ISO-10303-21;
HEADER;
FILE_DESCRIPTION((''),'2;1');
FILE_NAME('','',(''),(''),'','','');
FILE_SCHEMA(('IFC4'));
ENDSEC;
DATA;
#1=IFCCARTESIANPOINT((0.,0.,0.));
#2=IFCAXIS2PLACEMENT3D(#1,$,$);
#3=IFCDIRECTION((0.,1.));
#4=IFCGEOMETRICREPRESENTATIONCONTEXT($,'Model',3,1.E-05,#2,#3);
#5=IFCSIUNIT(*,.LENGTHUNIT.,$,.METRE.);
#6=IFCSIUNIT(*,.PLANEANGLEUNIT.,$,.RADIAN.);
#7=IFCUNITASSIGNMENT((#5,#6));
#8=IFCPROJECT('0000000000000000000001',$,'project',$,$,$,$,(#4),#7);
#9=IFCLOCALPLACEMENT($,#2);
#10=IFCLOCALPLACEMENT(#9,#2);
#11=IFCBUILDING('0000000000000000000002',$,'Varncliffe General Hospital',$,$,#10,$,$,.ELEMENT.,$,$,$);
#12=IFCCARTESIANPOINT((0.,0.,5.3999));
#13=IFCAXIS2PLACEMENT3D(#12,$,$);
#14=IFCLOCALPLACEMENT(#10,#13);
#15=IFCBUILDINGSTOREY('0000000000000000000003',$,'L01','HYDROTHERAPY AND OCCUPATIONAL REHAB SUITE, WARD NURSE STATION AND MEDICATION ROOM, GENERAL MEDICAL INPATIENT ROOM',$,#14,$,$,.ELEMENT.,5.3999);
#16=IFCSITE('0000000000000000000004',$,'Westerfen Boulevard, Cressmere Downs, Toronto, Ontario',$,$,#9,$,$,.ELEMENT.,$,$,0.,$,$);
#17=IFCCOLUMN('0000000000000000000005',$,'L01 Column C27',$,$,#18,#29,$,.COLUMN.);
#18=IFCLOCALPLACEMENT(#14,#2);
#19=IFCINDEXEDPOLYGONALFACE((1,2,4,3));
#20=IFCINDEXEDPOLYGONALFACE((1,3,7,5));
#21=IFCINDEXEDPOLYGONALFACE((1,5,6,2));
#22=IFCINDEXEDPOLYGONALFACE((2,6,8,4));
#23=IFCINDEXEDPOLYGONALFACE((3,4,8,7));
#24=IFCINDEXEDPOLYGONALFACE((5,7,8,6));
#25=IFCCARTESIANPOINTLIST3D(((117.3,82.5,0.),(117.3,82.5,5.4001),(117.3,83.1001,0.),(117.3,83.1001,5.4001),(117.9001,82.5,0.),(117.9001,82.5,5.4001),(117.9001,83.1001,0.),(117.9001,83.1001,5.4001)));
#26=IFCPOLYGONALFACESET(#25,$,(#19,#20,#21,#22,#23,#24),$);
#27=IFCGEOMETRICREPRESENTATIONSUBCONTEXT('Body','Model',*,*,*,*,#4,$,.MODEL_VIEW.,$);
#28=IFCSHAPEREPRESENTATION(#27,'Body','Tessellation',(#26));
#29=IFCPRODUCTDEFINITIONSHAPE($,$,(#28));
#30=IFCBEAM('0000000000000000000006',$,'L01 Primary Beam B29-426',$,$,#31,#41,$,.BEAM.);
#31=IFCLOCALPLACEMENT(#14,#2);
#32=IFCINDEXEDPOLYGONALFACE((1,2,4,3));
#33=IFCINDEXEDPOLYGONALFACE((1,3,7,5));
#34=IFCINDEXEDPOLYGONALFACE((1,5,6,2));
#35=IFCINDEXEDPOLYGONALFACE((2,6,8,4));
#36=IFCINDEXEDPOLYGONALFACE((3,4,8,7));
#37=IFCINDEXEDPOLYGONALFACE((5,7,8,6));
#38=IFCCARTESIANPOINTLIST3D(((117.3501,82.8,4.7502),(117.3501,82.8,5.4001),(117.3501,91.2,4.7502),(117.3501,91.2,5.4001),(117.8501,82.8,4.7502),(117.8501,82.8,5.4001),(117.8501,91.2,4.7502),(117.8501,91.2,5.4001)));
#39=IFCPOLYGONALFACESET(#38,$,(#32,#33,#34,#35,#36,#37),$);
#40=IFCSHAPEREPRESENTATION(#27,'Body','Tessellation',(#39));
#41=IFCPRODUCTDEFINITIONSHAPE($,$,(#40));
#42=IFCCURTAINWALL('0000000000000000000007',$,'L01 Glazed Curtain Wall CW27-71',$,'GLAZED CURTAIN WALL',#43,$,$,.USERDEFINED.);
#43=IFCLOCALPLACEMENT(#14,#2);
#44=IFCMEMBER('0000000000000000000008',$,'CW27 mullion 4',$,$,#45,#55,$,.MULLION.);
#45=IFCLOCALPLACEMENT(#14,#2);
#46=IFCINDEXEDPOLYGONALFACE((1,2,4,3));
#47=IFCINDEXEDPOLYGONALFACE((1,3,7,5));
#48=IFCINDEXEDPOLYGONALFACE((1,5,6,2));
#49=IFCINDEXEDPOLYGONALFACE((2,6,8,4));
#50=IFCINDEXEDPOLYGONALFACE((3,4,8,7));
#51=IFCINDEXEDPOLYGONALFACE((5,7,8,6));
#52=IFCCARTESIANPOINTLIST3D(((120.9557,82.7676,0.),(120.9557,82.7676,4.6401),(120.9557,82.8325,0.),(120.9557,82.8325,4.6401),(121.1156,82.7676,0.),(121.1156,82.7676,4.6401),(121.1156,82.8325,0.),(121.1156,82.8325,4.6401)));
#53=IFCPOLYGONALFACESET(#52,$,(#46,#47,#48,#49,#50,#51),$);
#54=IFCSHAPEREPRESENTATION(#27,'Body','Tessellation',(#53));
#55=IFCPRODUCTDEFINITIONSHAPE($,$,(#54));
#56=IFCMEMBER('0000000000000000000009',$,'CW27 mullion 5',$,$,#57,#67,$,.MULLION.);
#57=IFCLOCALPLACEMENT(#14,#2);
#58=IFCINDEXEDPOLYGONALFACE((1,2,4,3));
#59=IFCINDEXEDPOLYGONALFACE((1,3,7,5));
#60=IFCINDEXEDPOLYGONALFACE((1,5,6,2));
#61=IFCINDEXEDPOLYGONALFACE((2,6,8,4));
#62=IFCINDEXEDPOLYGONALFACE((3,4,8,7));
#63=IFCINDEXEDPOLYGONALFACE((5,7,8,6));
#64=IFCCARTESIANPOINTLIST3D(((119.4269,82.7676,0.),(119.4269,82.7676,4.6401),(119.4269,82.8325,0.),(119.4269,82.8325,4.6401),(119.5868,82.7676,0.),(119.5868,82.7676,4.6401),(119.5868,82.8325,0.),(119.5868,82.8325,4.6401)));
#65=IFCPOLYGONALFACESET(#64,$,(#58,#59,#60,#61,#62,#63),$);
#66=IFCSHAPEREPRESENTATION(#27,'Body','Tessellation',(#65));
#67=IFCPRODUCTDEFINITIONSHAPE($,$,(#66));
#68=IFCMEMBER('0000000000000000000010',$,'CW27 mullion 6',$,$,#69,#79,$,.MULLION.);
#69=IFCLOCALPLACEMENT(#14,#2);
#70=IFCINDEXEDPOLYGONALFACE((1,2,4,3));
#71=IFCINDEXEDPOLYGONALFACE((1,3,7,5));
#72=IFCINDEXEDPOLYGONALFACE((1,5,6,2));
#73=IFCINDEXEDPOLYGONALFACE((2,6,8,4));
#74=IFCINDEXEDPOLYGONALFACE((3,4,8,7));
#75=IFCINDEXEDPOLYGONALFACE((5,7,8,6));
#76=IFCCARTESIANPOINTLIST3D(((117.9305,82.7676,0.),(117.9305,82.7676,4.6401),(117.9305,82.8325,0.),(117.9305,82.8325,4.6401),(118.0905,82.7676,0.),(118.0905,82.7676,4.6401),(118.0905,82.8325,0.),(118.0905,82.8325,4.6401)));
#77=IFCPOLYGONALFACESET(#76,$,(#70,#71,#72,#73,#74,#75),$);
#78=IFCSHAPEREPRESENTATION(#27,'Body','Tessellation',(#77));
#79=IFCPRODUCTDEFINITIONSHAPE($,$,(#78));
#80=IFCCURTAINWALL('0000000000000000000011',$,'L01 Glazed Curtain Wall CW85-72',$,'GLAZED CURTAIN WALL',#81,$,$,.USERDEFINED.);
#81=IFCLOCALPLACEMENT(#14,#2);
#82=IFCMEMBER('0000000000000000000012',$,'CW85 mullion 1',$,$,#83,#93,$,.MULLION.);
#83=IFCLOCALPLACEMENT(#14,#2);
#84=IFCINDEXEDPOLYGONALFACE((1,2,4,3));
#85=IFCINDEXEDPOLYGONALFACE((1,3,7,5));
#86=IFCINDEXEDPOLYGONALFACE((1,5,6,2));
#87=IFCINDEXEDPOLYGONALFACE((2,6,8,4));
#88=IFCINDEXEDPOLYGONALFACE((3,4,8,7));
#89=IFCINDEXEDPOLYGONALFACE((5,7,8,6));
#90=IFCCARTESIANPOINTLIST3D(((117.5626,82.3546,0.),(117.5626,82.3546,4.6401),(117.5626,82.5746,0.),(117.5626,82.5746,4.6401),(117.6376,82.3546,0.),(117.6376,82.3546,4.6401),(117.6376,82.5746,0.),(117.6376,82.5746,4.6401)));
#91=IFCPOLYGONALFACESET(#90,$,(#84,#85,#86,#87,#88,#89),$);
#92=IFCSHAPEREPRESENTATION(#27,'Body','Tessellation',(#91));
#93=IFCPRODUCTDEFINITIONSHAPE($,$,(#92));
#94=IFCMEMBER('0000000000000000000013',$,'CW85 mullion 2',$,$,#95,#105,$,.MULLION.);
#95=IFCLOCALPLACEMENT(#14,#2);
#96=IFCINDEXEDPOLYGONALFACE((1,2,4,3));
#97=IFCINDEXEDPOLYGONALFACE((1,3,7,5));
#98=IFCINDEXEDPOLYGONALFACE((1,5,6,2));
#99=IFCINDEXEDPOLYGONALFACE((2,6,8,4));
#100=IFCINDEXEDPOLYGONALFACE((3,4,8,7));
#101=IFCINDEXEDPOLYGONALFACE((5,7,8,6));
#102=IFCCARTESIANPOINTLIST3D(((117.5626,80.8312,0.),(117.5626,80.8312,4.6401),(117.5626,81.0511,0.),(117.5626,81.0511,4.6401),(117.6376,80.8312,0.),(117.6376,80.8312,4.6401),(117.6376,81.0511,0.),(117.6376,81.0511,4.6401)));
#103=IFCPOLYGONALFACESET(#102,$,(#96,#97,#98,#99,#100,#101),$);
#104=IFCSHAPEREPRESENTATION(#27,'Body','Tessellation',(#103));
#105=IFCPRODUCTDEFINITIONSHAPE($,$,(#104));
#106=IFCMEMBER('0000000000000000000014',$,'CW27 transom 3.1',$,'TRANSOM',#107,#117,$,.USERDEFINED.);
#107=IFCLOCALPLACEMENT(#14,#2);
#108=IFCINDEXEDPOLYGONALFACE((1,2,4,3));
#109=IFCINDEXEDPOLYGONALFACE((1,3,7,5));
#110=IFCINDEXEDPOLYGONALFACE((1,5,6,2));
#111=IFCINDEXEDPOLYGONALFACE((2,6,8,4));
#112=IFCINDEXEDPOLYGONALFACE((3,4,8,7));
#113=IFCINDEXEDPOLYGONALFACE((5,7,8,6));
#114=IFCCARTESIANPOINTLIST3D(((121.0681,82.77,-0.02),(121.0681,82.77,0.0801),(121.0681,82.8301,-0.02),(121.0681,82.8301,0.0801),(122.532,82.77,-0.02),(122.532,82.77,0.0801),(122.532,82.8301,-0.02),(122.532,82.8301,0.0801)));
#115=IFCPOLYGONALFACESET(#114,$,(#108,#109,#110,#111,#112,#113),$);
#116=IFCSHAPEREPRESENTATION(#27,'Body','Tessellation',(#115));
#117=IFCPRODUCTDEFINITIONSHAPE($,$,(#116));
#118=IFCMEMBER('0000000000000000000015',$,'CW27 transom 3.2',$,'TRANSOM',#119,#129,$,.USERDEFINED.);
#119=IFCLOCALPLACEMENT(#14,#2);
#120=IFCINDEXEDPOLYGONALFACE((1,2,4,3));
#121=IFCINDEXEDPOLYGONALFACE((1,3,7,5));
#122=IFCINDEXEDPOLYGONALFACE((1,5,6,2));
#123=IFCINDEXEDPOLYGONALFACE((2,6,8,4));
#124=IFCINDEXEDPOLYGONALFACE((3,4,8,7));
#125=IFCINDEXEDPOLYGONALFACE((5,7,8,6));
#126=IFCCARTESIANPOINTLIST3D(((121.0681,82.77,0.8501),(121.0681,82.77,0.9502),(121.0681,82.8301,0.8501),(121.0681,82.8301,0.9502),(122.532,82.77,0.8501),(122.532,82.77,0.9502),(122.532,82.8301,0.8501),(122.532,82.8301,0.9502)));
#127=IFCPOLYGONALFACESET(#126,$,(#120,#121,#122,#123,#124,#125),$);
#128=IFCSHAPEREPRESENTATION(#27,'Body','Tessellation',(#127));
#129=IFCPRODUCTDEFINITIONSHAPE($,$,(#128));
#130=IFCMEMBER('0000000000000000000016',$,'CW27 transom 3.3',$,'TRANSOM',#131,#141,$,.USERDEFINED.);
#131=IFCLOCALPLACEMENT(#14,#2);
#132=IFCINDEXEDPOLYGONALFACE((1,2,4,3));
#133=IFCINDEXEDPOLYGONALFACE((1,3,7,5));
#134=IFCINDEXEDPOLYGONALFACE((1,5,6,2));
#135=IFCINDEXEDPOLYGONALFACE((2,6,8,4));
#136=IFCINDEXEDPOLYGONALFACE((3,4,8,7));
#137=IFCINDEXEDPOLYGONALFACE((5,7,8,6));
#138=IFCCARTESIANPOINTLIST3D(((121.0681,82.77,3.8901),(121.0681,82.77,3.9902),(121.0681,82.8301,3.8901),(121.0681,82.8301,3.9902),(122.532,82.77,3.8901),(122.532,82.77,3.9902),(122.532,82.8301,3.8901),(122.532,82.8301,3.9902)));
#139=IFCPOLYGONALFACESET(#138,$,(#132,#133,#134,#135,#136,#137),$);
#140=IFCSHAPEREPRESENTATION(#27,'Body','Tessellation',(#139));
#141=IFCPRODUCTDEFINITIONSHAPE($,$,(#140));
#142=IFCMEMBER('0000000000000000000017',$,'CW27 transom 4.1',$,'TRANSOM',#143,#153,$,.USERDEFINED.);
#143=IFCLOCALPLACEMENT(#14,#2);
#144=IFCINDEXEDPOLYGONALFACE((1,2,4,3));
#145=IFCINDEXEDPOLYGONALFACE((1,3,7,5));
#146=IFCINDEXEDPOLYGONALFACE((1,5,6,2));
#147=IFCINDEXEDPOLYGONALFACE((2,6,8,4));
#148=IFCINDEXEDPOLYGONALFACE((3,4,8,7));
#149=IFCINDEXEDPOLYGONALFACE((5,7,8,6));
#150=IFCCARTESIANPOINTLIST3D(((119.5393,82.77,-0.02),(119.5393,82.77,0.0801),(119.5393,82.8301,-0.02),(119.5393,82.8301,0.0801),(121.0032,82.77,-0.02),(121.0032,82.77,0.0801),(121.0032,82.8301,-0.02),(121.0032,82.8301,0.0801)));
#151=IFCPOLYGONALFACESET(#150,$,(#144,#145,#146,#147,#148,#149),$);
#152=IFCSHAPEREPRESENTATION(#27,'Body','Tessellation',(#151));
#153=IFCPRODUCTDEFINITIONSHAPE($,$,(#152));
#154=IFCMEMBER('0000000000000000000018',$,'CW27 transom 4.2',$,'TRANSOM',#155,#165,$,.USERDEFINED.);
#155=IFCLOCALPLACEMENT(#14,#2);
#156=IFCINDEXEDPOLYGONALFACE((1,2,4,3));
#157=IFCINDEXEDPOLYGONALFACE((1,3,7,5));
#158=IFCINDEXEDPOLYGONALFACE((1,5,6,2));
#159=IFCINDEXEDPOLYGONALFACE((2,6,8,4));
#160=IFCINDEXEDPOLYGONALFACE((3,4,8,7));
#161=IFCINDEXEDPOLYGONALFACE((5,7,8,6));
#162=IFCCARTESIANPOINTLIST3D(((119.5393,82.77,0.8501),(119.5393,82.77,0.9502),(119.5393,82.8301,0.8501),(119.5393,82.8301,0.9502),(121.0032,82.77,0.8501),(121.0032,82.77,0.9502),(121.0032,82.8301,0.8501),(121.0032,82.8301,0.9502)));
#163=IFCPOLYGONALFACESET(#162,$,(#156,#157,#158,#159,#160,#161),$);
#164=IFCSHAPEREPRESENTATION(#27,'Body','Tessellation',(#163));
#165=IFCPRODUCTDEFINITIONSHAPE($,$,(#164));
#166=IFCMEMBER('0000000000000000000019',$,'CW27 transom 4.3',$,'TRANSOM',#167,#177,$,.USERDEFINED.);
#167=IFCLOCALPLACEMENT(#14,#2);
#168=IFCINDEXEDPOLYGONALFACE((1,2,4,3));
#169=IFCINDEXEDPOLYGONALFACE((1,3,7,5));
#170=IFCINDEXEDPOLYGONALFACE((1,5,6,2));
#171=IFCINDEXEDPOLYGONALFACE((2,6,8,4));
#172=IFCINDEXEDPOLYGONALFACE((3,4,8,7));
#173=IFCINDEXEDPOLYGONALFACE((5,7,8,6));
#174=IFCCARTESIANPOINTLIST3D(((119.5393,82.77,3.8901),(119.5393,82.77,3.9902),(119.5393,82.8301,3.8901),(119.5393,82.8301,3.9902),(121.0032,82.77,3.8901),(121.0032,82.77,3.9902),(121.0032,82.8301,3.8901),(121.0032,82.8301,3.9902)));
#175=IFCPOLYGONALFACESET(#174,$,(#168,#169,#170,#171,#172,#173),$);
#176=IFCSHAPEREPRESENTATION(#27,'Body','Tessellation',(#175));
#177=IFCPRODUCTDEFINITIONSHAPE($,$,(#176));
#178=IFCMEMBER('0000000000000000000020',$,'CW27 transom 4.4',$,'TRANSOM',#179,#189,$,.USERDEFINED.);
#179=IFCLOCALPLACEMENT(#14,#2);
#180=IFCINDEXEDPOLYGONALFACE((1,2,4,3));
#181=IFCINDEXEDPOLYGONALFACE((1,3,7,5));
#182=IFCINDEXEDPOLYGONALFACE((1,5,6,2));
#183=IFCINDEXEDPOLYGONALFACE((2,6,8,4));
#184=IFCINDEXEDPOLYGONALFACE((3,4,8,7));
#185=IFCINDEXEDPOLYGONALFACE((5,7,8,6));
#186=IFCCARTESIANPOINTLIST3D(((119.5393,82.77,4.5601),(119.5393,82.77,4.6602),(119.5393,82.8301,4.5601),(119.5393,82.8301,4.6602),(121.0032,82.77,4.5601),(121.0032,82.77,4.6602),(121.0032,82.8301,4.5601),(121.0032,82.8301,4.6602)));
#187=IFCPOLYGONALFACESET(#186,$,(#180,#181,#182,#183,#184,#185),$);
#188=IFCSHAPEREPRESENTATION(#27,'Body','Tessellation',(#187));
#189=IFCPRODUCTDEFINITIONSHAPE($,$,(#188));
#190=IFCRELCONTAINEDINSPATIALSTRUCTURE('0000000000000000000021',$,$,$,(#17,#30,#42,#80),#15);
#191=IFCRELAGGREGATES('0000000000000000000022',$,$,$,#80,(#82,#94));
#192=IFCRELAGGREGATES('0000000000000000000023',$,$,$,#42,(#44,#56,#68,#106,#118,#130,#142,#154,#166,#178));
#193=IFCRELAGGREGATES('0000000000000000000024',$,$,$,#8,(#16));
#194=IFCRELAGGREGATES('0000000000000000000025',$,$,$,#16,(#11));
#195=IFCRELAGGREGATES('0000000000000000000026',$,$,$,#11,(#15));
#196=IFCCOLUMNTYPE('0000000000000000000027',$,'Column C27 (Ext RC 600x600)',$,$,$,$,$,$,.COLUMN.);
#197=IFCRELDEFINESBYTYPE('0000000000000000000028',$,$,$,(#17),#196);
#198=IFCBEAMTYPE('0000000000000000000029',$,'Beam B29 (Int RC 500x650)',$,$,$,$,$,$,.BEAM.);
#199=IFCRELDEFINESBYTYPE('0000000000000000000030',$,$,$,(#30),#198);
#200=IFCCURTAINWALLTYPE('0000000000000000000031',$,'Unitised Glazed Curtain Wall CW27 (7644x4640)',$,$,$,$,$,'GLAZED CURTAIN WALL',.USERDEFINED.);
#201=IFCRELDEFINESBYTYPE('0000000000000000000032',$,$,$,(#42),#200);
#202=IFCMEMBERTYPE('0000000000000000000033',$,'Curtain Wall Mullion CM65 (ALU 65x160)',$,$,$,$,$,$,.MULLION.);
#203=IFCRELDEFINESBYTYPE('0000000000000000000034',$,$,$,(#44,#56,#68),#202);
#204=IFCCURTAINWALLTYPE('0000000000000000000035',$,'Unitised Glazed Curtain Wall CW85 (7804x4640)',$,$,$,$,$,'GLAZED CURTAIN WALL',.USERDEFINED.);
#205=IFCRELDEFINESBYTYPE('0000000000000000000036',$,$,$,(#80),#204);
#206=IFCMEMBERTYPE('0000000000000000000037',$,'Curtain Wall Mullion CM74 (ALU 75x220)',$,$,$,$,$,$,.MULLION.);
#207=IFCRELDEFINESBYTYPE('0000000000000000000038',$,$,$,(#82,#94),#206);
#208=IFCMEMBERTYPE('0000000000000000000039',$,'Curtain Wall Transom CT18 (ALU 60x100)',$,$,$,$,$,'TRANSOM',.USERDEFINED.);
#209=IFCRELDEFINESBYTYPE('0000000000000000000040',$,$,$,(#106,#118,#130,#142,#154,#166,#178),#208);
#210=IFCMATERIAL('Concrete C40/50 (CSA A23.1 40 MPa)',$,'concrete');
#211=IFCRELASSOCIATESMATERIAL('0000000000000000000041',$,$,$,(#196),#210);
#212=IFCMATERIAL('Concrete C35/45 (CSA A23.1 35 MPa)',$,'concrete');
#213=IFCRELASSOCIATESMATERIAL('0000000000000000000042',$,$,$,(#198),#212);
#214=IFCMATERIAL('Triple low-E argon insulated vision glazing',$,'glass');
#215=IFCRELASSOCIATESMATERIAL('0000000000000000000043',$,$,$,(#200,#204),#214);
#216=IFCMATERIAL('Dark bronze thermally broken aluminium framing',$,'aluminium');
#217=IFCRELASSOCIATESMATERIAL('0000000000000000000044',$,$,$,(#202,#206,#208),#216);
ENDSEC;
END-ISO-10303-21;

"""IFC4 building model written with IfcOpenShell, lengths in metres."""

from ifc_helpers import new_model, si_unit, direction, frame, origin, origin_2d, place, context, subcontext, project, spatial, rectangle, extrude, material, material_profile, profile_set, type_object, element, aggregate, save


model = new_model("IFC4")

# Units and contexts
model_context = context("Model", 3, precision=1e-05, world=origin(), true_north=direction((0.0, 1.0)))
body_context = subcontext(model_context, "Body", "Model", "MODEL_VIEW")
ifc_project = project(units=[si_unit("LENGTHUNIT", "METRE"), si_unit("PLANEANGLEUNIT", "RADIAN")], contexts=[model_context])

# Site, building, storey
site_placement = place(None, origin())
site = spatial("IfcSite", under=ifc_project, at=site_placement, Name="Westerfen Boulevard, Cressmere Downs, Toronto, Ontario", CompositionType="ELEMENT", RefElevation=0.0)
building_placement = place(site_placement, origin())
building = spatial("IfcBuilding", under=site, at=building_placement, Name="Varncliffe General Hospital", CompositionType="ELEMENT")
storey_placement = place(building_placement, frame((0.0, 0.0, 5.3999)))
storey = spatial("IfcBuildingStorey", under=building, at=storey_placement, Name="L01", Description="HYDROTHERAPY AND OCCUPATIONAL REHAB SUITE, WARD NURSE STATION AND MEDICATION ROOM, GENERAL MEDICAL INPATIENT ROOM", CompositionType="ELEMENT", Elevation=5.3999)

# Column
ifc_material_1 = material(Name="Concrete C40/50 (CSA A23.1 40 MPa)", Category="concrete")
ifc_material_profile_1 = material_profile(ifc_material_1, rectangle(XDim=0.6001, YDim=0.6001, at=origin_2d()), Name="RC 600x600")
ifc_profile_set_1 = profile_set([ifc_material_profile_1], Name="Concrete C40/50 (CSA A23.1 40 MPa)")
column_type = type_object("IfcColumnType", Name="Column C27 (Ext RC 600x600)", PredefinedType="COLUMN", material=ifc_profile_set_1)
column_placement = place(storey_placement, frame((117.6001, 82.8, 0.0), z_axis=(0.0, 0.0, 1.0), x_axis=(1.0, 0.0, 0.0)))
element("IfcColumn", 1, at=column_placement, inside=storey, type_object=column_type, Name="L01 Column C27", PredefinedType="COLUMN", context=body_context, shape_type="SweptSolid", body=[
    extrude(rectangle(XDim=0.6001, YDim=0.6001, at=origin_2d()), origin(), (0.0, 0.0, 1.0), 5.4001),
])

# Beam
ifc_material_2 = material(Name="Concrete C35/45 (CSA A23.1 35 MPa)", Category="concrete")
ifc_material_profile_2 = material_profile(ifc_material_2, rectangle(XDim=0.5, YDim=0.6499, at=origin_2d()), Name="RC 500x650")
ifc_profile_set_2 = profile_set([ifc_material_profile_2], Name="Concrete C35/45 (CSA A23.1 35 MPa)")
beam_type_1 = type_object("IfcBeamType", Name="Beam B29 (Int RC 500x650)", PredefinedType="BEAM", material=ifc_profile_set_2)
beam_1_placement = place(storey_placement, frame((117.6001, 82.8, 5.0752), z_axis=(0.0, 1.0, 0.0), x_axis=(-1.0, 0.0, 0.0)))
element("IfcBeam", 2, at=beam_1_placement, inside=storey, type_object=beam_type_1, Name="L01 Primary Beam B29-426", PredefinedType="BEAM", context=body_context, shape_type="SweptSolid", body=[
    extrude(rectangle(XDim=0.5, YDim=0.6499, at=origin_2d()), origin(), (0.0, 0.0, 1.0), 8.3999),
])

# Curtain walls, members
ifc_material_3 = material(Name="Triple low-E argon insulated vision glazing", Category="glass")
curtain_wall_type_1 = type_object("IfcCurtainWallType", Name="Unitised Glazed Curtain Wall CW27 (7644x4640)", ElementType="GLAZED CURTAIN WALL", PredefinedType="USERDEFINED", material=ifc_material_3)
curtain_wall_1_placement = place(storey_placement, origin())
curtain_wall_1 = element("IfcCurtainWall", 3, at=curtain_wall_1_placement, inside=storey, type_object=curtain_wall_type_1, Name="L01 Glazed Curtain Wall CW27-71", ObjectType="GLAZED CURTAIN WALL", PredefinedType="USERDEFINED")
ifc_material_4 = material(Name="Dark bronze thermally broken aluminium framing", Category="aluminium")
ifc_material_profile_3 = material_profile(ifc_material_4, rectangle(XDim=0.0649, YDim=0.1599, at=origin_2d()), Name="ALU 65x160")
ifc_profile_set_3 = profile_set([ifc_material_profile_3], Name="Dark bronze thermally broken aluminium framing")
member_type_1 = type_object("IfcMemberType", Name="Curtain Wall Mullion CM65 (ALU 65x160)", PredefinedType="MULLION", material=ifc_profile_set_3)
member_1_placement = place(storey_placement, frame((121.0356, 82.8, 0.0), z_axis=(0.0, 0.0, 1.0), x_axis=(0.0, -1.0, 0.0)))
member_1 = element("IfcMember", 4, at=member_1_placement, type_object=member_type_1, Name="CW27 mullion 4", PredefinedType="MULLION", context=body_context, shape_type="SweptSolid", body=[
    extrude(rectangle(XDim=0.0649, YDim=0.1599, at=origin_2d()), origin(), (0.0, 0.0, 1.0), 4.6401),
])
member_2_placement = place(storey_placement, frame((119.5068, 82.8, 0.0), z_axis=(0.0, 0.0, 1.0), x_axis=(0.0, -1.0, 0.0)))
member_2 = element("IfcMember", 5, at=member_2_placement, type_object=member_type_1, Name="CW27 mullion 5", PredefinedType="MULLION", context=body_context, shape_type="SweptSolid", body=[
    extrude(rectangle(XDim=0.0649, YDim=0.1599, at=origin_2d()), origin(), (0.0, 0.0, 1.0), 4.6401),
])
member_3_placement = place(storey_placement, frame((118.0105, 82.8, 0.0), z_axis=(0.0, 0.0, 1.0), x_axis=(0.0, -1.0, 0.0)))
member_3 = element("IfcMember", 6, at=member_3_placement, type_object=member_type_1, Name="CW27 mullion 6", PredefinedType="MULLION", context=body_context, shape_type="SweptSolid", body=[
    extrude(rectangle(XDim=0.0649, YDim=0.1599, at=origin_2d()), origin(), (0.0, 0.0, 1.0), 4.6401),
])
curtain_wall_type_2 = type_object("IfcCurtainWallType", Name="Unitised Glazed Curtain Wall CW85 (7804x4640)", ElementType="GLAZED CURTAIN WALL", PredefinedType="USERDEFINED", material=ifc_material_3)
curtain_wall_2_placement = place(storey_placement, origin())
curtain_wall_2 = element("IfcCurtainWall", 7, at=curtain_wall_2_placement, inside=storey, type_object=curtain_wall_type_2, Name="L01 Glazed Curtain Wall CW85-72", ObjectType="GLAZED CURTAIN WALL", PredefinedType="USERDEFINED")
ifc_material_profile_4 = material_profile(ifc_material_4, rectangle(XDim=0.075, YDim=0.22, at=origin_2d()), Name="ALU 75x220")
ifc_profile_set_4 = profile_set([ifc_material_profile_4], Name="Dark bronze thermally broken aluminium framing")
member_type_2 = type_object("IfcMemberType", Name="Curtain Wall Mullion CM74 (ALU 75x220)", PredefinedType="MULLION", material=ifc_profile_set_4)
member_4_placement = place(storey_placement, frame((117.6001, 82.4646, 0.0), z_axis=(0.0, 0.0, 1.0), x_axis=(1.0, 0.0, 0.0)))
member_4 = element("IfcMember", 8, at=member_4_placement, type_object=member_type_2, Name="CW85 mullion 1", PredefinedType="MULLION", context=body_context, shape_type="SweptSolid", body=[
    extrude(rectangle(XDim=0.075, YDim=0.22, at=origin_2d()), origin(), (0.0, 0.0, 1.0), 4.6401),
])
member_5_placement = place(storey_placement, frame((117.6001, 80.9412, 0.0), z_axis=(0.0, 0.0, 1.0), x_axis=(1.0, 0.0, 0.0)))
member_5 = element("IfcMember", 9, at=member_5_placement, type_object=member_type_2, Name="CW85 mullion 2", PredefinedType="MULLION", context=body_context, shape_type="SweptSolid", body=[
    extrude(rectangle(XDim=0.075, YDim=0.22, at=origin_2d()), origin(), (0.0, 0.0, 1.0), 4.6401),
])

# Members
ifc_material_profile_5 = material_profile(ifc_material_4, rectangle(XDim=0.0601, YDim=0.1001, at=origin_2d()), Name="ALU 60x100")
ifc_profile_set_5 = profile_set([ifc_material_profile_5], Name="Dark bronze thermally broken aluminium framing")
member_type_3 = type_object("IfcMemberType", Name="Curtain Wall Transom CT18 (ALU 60x100)", ElementType="TRANSOM", PredefinedType="USERDEFINED", material=ifc_profile_set_5)
member_6_placement = place(storey_placement, frame((122.532, 82.8, 0.03), z_axis=(-1.0, 0.0, 0.0), x_axis=(0.0, -1.0, 0.0)))
member_6 = element("IfcMember", 10, at=member_6_placement, type_object=member_type_3, Name="CW27 transom 3.1", ObjectType="TRANSOM", PredefinedType="USERDEFINED", context=body_context, shape_type="SweptSolid", body=[
    extrude(rectangle(XDim=0.0601, YDim=0.1001, at=origin_2d()), origin(), (0.0, 0.0, 1.0), 1.4639),
])
member_7_placement = place(storey_placement, frame((122.532, 82.8, 0.9001), z_axis=(-1.0, 0.0, 0.0), x_axis=(0.0, -1.0, 0.0)))
member_7 = element("IfcMember", 11, at=member_7_placement, type_object=member_type_3, Name="CW27 transom 3.2", ObjectType="TRANSOM", PredefinedType="USERDEFINED", context=body_context, shape_type="SweptSolid", body=[
    extrude(rectangle(XDim=0.0601, YDim=0.1001, at=origin_2d()), origin(), (0.0, 0.0, 1.0), 1.4639),
])
member_8_placement = place(storey_placement, frame((122.532, 82.8, 3.9402), z_axis=(-1.0, 0.0, 0.0), x_axis=(0.0, -1.0, 0.0)))
member_8 = element("IfcMember", 12, at=member_8_placement, type_object=member_type_3, Name="CW27 transom 3.3", ObjectType="TRANSOM", PredefinedType="USERDEFINED", context=body_context, shape_type="SweptSolid", body=[
    extrude(rectangle(XDim=0.0601, YDim=0.1001, at=origin_2d()), origin(), (0.0, 0.0, 1.0), 1.4639),
])
member_9_placement = place(storey_placement, frame((121.0032, 82.8, 0.03), z_axis=(-1.0, 0.0, 0.0), x_axis=(0.0, -1.0, 0.0)))
member_9 = element("IfcMember", 13, at=member_9_placement, type_object=member_type_3, Name="CW27 transom 4.1", ObjectType="TRANSOM", PredefinedType="USERDEFINED", context=body_context, shape_type="SweptSolid", body=[
    extrude(rectangle(XDim=0.0601, YDim=0.1001, at=origin_2d()), origin(), (0.0, 0.0, 1.0), 1.4639),
])
member_10_placement = place(storey_placement, frame((121.0032, 82.8, 0.9001), z_axis=(-1.0, 0.0, 0.0), x_axis=(0.0, -1.0, 0.0)))
member_10 = element("IfcMember", 14, at=member_10_placement, type_object=member_type_3, Name="CW27 transom 4.2", ObjectType="TRANSOM", PredefinedType="USERDEFINED", context=body_context, shape_type="SweptSolid", body=[
    extrude(rectangle(XDim=0.0601, YDim=0.1001, at=origin_2d()), origin(), (0.0, 0.0, 1.0), 1.4639),
])
member_11_placement = place(storey_placement, frame((121.0032, 82.8, 3.9402), z_axis=(-1.0, 0.0, 0.0), x_axis=(0.0, -1.0, 0.0)))
member_11 = element("IfcMember", 15, at=member_11_placement, type_object=member_type_3, Name="CW27 transom 4.3", ObjectType="TRANSOM", PredefinedType="USERDEFINED", context=body_context, shape_type="SweptSolid", body=[
    extrude(rectangle(XDim=0.0601, YDim=0.1001, at=origin_2d()), origin(), (0.0, 0.0, 1.0), 1.4639),
])
member_12_placement = place(storey_placement, frame((121.0032, 82.8, 4.6101), z_axis=(-1.0, 0.0, 0.0), x_axis=(0.0, -1.0, 0.0)))
member_12 = element("IfcMember", 16, at=member_12_placement, type_object=member_type_3, Name="CW27 transom 4.4", ObjectType="TRANSOM", PredefinedType="USERDEFINED", context=body_context, shape_type="SweptSolid", body=[
    extrude(rectangle(XDim=0.0601, YDim=0.1001, at=origin_2d()), origin(), (0.0, 0.0, 1.0), 1.4639),
])

aggregate(curtain_wall_2, [member_4, member_5])
aggregate(curtain_wall_1, [member_1, member_2, member_3, member_6, member_7, member_8, member_9, member_10, member_11, member_12])

save(model, "model.ifc")
